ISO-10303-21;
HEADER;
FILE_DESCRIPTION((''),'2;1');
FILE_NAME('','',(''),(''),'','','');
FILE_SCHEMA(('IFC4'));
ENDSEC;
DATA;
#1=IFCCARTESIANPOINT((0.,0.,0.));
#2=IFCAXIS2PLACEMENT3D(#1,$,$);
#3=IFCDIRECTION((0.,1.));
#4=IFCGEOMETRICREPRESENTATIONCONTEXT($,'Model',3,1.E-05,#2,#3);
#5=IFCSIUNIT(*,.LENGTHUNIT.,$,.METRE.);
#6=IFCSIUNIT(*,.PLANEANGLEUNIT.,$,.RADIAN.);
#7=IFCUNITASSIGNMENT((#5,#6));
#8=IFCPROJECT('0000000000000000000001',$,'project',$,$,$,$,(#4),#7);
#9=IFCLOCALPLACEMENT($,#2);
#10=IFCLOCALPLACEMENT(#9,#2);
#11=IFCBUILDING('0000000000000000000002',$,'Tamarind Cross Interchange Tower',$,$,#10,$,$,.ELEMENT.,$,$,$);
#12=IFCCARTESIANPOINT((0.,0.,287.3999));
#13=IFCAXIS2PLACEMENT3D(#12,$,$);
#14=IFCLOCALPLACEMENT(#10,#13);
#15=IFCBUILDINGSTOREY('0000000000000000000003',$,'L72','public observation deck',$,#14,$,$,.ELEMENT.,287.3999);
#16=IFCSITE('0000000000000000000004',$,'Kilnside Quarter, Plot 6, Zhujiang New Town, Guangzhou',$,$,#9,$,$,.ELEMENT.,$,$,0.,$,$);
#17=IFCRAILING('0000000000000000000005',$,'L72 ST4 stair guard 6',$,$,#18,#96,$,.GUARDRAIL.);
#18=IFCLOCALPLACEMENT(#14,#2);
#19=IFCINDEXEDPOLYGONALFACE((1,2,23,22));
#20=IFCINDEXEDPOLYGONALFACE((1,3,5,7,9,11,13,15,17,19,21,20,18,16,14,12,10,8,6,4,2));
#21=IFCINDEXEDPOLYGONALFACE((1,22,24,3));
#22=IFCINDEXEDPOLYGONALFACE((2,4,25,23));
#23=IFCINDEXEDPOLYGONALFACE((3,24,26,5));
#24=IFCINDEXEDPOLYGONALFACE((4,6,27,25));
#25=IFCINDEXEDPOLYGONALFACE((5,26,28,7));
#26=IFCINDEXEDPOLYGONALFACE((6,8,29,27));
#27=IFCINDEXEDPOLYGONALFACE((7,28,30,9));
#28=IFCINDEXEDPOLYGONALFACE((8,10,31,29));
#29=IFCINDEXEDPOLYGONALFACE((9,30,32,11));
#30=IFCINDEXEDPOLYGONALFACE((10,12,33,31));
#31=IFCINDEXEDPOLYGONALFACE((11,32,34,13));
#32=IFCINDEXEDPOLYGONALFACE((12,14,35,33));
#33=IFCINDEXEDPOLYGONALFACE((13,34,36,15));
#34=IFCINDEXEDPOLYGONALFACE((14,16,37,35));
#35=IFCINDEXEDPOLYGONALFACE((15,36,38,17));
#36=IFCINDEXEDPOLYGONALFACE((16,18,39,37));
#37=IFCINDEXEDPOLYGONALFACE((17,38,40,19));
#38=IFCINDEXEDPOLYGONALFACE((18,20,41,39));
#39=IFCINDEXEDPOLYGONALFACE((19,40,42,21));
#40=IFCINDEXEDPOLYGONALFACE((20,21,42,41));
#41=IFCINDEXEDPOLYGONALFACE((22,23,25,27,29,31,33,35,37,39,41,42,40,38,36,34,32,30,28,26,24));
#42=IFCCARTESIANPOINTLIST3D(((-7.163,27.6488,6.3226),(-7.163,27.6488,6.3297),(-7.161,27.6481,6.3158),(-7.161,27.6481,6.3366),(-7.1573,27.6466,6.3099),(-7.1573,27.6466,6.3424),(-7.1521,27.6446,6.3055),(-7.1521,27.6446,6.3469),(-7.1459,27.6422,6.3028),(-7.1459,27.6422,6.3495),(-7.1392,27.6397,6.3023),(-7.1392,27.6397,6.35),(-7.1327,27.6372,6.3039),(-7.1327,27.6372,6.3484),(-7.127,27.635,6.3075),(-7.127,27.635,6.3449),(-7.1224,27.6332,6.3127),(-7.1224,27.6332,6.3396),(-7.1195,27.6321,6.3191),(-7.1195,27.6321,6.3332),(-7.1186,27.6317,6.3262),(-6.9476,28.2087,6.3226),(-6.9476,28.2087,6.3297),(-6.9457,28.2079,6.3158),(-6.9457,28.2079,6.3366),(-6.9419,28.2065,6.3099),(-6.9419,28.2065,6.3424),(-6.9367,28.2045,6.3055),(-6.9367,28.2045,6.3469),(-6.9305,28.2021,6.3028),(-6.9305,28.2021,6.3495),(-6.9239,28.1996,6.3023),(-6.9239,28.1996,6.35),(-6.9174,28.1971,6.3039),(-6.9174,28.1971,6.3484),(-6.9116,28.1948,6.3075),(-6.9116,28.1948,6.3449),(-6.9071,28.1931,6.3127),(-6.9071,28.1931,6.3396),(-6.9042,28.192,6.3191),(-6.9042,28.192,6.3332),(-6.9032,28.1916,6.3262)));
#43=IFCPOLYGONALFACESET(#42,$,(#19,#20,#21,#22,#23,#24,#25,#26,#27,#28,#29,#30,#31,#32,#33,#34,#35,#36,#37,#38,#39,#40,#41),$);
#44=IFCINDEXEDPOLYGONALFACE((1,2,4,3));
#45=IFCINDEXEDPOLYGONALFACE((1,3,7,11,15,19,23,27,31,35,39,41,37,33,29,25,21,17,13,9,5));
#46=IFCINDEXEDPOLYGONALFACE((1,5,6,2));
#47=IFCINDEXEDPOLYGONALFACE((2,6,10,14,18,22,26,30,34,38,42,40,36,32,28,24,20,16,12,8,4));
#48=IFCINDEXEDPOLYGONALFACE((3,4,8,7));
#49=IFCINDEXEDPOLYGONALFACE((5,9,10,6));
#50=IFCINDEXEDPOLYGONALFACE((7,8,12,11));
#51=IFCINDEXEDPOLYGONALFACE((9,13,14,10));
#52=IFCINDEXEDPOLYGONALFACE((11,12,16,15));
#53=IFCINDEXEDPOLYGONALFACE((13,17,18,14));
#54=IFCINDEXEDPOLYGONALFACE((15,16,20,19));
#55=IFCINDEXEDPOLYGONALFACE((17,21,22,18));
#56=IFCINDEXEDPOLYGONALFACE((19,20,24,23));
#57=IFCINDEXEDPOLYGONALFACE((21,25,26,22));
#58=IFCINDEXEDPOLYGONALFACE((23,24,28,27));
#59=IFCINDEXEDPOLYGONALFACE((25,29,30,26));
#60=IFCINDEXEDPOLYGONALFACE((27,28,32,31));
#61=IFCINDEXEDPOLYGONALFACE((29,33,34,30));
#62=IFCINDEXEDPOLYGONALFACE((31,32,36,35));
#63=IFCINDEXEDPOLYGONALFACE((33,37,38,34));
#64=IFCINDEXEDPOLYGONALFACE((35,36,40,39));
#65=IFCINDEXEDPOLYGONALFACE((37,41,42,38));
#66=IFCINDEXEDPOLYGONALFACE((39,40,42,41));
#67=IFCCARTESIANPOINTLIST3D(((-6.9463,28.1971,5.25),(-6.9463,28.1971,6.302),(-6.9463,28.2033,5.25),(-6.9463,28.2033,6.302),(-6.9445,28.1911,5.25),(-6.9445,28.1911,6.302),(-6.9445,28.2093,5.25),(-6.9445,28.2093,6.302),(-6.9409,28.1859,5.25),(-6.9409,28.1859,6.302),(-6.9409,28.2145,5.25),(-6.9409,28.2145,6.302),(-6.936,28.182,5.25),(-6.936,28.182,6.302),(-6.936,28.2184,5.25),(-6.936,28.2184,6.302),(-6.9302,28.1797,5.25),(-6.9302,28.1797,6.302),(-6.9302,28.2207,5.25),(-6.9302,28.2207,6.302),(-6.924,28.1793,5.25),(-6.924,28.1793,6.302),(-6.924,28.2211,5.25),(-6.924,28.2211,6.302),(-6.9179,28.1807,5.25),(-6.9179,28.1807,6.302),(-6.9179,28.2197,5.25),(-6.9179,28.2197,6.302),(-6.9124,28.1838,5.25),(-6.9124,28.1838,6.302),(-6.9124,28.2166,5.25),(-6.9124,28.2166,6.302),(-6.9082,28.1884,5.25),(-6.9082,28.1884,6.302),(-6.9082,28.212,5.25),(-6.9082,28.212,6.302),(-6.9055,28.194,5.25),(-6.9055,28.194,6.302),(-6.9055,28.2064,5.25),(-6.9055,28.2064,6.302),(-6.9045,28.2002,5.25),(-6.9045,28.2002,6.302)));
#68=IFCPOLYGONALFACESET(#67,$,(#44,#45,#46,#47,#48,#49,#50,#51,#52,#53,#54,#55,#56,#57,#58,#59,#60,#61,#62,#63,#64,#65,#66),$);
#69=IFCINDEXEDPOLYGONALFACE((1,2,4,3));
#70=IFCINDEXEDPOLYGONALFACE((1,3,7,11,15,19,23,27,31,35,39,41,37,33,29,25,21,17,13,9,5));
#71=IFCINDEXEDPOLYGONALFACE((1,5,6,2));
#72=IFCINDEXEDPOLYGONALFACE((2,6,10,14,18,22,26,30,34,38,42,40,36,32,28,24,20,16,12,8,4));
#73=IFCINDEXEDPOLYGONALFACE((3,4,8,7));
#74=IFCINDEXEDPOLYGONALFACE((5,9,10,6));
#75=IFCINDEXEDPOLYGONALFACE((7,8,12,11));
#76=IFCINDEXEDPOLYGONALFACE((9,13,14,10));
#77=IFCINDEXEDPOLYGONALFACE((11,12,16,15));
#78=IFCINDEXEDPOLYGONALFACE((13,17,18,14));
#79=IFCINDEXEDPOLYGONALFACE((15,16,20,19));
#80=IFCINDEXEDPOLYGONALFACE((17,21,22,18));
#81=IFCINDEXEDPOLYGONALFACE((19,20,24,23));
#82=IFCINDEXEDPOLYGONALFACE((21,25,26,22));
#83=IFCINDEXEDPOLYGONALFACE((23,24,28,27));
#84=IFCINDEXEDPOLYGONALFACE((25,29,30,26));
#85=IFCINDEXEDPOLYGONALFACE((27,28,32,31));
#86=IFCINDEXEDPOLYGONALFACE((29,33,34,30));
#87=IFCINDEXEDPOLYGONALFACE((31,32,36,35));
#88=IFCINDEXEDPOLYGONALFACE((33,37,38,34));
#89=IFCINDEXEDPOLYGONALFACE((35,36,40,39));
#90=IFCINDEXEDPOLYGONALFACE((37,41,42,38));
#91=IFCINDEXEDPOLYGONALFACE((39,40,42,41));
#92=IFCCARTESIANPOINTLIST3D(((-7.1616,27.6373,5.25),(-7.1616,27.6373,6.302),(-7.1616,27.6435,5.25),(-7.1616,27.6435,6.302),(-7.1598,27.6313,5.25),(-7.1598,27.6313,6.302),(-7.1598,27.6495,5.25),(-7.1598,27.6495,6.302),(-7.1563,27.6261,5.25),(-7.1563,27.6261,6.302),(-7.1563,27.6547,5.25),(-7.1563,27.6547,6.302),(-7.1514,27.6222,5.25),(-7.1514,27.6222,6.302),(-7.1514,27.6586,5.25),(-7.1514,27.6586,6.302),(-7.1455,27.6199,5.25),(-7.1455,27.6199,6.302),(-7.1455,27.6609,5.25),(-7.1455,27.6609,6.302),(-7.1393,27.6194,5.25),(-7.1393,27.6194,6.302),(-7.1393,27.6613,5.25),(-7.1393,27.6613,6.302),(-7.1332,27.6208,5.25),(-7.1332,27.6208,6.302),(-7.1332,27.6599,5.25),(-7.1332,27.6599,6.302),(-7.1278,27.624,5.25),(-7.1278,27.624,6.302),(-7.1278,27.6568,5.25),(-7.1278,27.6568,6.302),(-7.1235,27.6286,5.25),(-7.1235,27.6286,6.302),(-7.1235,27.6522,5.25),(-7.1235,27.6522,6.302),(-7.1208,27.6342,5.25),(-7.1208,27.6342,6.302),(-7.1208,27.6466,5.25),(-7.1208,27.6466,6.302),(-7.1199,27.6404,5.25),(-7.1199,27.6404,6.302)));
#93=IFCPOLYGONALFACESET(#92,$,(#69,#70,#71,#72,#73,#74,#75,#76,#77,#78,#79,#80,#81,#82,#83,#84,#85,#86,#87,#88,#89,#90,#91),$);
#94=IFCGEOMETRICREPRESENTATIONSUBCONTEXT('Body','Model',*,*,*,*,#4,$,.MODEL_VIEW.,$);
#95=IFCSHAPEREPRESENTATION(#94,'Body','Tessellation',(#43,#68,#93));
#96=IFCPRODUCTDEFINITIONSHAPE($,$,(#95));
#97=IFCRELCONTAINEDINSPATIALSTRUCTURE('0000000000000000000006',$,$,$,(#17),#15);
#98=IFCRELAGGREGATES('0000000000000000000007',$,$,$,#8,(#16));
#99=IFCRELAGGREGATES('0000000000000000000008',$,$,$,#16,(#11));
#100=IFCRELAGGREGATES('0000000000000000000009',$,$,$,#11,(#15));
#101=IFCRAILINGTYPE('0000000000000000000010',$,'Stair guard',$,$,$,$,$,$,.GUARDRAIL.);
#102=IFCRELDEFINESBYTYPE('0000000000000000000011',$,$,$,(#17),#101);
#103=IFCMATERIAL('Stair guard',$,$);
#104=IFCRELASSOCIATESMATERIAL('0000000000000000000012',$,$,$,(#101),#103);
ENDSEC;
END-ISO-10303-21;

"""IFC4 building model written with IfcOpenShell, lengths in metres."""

from ifc_helpers import new_model, si_unit, direction, frame, origin, origin_2d, place, context, subcontext, project, spatial, circle, extrude, material, type_object, element, save


model = new_model("IFC4")

# Units and contexts
model_context = context("Model", 3, precision=1e-05, world=origin(), true_north=direction((0.0, 1.0)))
body_context = subcontext(model_context, "Body", "Model", "MODEL_VIEW")
ifc_project = project(units=[si_unit("LENGTHUNIT", "METRE"), si_unit("PLANEANGLEUNIT", "RADIAN")], contexts=[model_context])

# Site, building, storey
site_placement = place(None, origin())
site = spatial("IfcSite", under=ifc_project, at=site_placement, Name="Kilnside Quarter, Plot 6, Zhujiang New Town, Guangzhou", CompositionType="ELEMENT", RefElevation=0.0)
building_placement = place(site_placement, origin())
building = spatial("IfcBuilding", under=site, at=building_placement, Name="Tamarind Cross Interchange Tower", CompositionType="ELEMENT")
storey_placement = place(building_placement, frame((0.0, 0.0, 287.3999)))
storey = spatial("IfcBuildingStorey", under=building, at=storey_placement, Name="L72", Description="public observation deck", CompositionType="ELEMENT", Elevation=287.3999)

# Railing
ifc_material_1 = material(Name="Stair guard")
railing_type_1 = type_object("IfcRailingType", Name="Stair guard", PredefinedType="GUARDRAIL", material=ifc_material_1)
railing_1_placement = place(storey_placement, frame((-6.9255, 28.2002, 5.25)))
element("IfcRailing", 1, at=railing_1_placement, inside=storey, type_object=railing_type_1, Name="L72 ST4 stair guard 6", PredefinedType="GUARDRAIL", context=body_context, shape_type="SweptSolid", body=[
    extrude(circle(Radius=0.0239, at=origin_2d()), frame((0.0, 0.0, 1.0762), z_axis=(-0.359006, -0.933335, 0.0), x_axis=(0.933335, -0.359006, 0.0)), (0.0, 0.0, 1.0), 0.5999),
    extrude(circle(Radius=0.021, at=origin_2d()), origin(), (0.0, 0.0, 1.0), 1.052),
    extrude(circle(Radius=0.021, at=origin_2d()), frame((-0.2153, -0.5598, 0.0)), (0.0, 0.0, 1.0), 1.052),
])

save(model, "model.ifc")
